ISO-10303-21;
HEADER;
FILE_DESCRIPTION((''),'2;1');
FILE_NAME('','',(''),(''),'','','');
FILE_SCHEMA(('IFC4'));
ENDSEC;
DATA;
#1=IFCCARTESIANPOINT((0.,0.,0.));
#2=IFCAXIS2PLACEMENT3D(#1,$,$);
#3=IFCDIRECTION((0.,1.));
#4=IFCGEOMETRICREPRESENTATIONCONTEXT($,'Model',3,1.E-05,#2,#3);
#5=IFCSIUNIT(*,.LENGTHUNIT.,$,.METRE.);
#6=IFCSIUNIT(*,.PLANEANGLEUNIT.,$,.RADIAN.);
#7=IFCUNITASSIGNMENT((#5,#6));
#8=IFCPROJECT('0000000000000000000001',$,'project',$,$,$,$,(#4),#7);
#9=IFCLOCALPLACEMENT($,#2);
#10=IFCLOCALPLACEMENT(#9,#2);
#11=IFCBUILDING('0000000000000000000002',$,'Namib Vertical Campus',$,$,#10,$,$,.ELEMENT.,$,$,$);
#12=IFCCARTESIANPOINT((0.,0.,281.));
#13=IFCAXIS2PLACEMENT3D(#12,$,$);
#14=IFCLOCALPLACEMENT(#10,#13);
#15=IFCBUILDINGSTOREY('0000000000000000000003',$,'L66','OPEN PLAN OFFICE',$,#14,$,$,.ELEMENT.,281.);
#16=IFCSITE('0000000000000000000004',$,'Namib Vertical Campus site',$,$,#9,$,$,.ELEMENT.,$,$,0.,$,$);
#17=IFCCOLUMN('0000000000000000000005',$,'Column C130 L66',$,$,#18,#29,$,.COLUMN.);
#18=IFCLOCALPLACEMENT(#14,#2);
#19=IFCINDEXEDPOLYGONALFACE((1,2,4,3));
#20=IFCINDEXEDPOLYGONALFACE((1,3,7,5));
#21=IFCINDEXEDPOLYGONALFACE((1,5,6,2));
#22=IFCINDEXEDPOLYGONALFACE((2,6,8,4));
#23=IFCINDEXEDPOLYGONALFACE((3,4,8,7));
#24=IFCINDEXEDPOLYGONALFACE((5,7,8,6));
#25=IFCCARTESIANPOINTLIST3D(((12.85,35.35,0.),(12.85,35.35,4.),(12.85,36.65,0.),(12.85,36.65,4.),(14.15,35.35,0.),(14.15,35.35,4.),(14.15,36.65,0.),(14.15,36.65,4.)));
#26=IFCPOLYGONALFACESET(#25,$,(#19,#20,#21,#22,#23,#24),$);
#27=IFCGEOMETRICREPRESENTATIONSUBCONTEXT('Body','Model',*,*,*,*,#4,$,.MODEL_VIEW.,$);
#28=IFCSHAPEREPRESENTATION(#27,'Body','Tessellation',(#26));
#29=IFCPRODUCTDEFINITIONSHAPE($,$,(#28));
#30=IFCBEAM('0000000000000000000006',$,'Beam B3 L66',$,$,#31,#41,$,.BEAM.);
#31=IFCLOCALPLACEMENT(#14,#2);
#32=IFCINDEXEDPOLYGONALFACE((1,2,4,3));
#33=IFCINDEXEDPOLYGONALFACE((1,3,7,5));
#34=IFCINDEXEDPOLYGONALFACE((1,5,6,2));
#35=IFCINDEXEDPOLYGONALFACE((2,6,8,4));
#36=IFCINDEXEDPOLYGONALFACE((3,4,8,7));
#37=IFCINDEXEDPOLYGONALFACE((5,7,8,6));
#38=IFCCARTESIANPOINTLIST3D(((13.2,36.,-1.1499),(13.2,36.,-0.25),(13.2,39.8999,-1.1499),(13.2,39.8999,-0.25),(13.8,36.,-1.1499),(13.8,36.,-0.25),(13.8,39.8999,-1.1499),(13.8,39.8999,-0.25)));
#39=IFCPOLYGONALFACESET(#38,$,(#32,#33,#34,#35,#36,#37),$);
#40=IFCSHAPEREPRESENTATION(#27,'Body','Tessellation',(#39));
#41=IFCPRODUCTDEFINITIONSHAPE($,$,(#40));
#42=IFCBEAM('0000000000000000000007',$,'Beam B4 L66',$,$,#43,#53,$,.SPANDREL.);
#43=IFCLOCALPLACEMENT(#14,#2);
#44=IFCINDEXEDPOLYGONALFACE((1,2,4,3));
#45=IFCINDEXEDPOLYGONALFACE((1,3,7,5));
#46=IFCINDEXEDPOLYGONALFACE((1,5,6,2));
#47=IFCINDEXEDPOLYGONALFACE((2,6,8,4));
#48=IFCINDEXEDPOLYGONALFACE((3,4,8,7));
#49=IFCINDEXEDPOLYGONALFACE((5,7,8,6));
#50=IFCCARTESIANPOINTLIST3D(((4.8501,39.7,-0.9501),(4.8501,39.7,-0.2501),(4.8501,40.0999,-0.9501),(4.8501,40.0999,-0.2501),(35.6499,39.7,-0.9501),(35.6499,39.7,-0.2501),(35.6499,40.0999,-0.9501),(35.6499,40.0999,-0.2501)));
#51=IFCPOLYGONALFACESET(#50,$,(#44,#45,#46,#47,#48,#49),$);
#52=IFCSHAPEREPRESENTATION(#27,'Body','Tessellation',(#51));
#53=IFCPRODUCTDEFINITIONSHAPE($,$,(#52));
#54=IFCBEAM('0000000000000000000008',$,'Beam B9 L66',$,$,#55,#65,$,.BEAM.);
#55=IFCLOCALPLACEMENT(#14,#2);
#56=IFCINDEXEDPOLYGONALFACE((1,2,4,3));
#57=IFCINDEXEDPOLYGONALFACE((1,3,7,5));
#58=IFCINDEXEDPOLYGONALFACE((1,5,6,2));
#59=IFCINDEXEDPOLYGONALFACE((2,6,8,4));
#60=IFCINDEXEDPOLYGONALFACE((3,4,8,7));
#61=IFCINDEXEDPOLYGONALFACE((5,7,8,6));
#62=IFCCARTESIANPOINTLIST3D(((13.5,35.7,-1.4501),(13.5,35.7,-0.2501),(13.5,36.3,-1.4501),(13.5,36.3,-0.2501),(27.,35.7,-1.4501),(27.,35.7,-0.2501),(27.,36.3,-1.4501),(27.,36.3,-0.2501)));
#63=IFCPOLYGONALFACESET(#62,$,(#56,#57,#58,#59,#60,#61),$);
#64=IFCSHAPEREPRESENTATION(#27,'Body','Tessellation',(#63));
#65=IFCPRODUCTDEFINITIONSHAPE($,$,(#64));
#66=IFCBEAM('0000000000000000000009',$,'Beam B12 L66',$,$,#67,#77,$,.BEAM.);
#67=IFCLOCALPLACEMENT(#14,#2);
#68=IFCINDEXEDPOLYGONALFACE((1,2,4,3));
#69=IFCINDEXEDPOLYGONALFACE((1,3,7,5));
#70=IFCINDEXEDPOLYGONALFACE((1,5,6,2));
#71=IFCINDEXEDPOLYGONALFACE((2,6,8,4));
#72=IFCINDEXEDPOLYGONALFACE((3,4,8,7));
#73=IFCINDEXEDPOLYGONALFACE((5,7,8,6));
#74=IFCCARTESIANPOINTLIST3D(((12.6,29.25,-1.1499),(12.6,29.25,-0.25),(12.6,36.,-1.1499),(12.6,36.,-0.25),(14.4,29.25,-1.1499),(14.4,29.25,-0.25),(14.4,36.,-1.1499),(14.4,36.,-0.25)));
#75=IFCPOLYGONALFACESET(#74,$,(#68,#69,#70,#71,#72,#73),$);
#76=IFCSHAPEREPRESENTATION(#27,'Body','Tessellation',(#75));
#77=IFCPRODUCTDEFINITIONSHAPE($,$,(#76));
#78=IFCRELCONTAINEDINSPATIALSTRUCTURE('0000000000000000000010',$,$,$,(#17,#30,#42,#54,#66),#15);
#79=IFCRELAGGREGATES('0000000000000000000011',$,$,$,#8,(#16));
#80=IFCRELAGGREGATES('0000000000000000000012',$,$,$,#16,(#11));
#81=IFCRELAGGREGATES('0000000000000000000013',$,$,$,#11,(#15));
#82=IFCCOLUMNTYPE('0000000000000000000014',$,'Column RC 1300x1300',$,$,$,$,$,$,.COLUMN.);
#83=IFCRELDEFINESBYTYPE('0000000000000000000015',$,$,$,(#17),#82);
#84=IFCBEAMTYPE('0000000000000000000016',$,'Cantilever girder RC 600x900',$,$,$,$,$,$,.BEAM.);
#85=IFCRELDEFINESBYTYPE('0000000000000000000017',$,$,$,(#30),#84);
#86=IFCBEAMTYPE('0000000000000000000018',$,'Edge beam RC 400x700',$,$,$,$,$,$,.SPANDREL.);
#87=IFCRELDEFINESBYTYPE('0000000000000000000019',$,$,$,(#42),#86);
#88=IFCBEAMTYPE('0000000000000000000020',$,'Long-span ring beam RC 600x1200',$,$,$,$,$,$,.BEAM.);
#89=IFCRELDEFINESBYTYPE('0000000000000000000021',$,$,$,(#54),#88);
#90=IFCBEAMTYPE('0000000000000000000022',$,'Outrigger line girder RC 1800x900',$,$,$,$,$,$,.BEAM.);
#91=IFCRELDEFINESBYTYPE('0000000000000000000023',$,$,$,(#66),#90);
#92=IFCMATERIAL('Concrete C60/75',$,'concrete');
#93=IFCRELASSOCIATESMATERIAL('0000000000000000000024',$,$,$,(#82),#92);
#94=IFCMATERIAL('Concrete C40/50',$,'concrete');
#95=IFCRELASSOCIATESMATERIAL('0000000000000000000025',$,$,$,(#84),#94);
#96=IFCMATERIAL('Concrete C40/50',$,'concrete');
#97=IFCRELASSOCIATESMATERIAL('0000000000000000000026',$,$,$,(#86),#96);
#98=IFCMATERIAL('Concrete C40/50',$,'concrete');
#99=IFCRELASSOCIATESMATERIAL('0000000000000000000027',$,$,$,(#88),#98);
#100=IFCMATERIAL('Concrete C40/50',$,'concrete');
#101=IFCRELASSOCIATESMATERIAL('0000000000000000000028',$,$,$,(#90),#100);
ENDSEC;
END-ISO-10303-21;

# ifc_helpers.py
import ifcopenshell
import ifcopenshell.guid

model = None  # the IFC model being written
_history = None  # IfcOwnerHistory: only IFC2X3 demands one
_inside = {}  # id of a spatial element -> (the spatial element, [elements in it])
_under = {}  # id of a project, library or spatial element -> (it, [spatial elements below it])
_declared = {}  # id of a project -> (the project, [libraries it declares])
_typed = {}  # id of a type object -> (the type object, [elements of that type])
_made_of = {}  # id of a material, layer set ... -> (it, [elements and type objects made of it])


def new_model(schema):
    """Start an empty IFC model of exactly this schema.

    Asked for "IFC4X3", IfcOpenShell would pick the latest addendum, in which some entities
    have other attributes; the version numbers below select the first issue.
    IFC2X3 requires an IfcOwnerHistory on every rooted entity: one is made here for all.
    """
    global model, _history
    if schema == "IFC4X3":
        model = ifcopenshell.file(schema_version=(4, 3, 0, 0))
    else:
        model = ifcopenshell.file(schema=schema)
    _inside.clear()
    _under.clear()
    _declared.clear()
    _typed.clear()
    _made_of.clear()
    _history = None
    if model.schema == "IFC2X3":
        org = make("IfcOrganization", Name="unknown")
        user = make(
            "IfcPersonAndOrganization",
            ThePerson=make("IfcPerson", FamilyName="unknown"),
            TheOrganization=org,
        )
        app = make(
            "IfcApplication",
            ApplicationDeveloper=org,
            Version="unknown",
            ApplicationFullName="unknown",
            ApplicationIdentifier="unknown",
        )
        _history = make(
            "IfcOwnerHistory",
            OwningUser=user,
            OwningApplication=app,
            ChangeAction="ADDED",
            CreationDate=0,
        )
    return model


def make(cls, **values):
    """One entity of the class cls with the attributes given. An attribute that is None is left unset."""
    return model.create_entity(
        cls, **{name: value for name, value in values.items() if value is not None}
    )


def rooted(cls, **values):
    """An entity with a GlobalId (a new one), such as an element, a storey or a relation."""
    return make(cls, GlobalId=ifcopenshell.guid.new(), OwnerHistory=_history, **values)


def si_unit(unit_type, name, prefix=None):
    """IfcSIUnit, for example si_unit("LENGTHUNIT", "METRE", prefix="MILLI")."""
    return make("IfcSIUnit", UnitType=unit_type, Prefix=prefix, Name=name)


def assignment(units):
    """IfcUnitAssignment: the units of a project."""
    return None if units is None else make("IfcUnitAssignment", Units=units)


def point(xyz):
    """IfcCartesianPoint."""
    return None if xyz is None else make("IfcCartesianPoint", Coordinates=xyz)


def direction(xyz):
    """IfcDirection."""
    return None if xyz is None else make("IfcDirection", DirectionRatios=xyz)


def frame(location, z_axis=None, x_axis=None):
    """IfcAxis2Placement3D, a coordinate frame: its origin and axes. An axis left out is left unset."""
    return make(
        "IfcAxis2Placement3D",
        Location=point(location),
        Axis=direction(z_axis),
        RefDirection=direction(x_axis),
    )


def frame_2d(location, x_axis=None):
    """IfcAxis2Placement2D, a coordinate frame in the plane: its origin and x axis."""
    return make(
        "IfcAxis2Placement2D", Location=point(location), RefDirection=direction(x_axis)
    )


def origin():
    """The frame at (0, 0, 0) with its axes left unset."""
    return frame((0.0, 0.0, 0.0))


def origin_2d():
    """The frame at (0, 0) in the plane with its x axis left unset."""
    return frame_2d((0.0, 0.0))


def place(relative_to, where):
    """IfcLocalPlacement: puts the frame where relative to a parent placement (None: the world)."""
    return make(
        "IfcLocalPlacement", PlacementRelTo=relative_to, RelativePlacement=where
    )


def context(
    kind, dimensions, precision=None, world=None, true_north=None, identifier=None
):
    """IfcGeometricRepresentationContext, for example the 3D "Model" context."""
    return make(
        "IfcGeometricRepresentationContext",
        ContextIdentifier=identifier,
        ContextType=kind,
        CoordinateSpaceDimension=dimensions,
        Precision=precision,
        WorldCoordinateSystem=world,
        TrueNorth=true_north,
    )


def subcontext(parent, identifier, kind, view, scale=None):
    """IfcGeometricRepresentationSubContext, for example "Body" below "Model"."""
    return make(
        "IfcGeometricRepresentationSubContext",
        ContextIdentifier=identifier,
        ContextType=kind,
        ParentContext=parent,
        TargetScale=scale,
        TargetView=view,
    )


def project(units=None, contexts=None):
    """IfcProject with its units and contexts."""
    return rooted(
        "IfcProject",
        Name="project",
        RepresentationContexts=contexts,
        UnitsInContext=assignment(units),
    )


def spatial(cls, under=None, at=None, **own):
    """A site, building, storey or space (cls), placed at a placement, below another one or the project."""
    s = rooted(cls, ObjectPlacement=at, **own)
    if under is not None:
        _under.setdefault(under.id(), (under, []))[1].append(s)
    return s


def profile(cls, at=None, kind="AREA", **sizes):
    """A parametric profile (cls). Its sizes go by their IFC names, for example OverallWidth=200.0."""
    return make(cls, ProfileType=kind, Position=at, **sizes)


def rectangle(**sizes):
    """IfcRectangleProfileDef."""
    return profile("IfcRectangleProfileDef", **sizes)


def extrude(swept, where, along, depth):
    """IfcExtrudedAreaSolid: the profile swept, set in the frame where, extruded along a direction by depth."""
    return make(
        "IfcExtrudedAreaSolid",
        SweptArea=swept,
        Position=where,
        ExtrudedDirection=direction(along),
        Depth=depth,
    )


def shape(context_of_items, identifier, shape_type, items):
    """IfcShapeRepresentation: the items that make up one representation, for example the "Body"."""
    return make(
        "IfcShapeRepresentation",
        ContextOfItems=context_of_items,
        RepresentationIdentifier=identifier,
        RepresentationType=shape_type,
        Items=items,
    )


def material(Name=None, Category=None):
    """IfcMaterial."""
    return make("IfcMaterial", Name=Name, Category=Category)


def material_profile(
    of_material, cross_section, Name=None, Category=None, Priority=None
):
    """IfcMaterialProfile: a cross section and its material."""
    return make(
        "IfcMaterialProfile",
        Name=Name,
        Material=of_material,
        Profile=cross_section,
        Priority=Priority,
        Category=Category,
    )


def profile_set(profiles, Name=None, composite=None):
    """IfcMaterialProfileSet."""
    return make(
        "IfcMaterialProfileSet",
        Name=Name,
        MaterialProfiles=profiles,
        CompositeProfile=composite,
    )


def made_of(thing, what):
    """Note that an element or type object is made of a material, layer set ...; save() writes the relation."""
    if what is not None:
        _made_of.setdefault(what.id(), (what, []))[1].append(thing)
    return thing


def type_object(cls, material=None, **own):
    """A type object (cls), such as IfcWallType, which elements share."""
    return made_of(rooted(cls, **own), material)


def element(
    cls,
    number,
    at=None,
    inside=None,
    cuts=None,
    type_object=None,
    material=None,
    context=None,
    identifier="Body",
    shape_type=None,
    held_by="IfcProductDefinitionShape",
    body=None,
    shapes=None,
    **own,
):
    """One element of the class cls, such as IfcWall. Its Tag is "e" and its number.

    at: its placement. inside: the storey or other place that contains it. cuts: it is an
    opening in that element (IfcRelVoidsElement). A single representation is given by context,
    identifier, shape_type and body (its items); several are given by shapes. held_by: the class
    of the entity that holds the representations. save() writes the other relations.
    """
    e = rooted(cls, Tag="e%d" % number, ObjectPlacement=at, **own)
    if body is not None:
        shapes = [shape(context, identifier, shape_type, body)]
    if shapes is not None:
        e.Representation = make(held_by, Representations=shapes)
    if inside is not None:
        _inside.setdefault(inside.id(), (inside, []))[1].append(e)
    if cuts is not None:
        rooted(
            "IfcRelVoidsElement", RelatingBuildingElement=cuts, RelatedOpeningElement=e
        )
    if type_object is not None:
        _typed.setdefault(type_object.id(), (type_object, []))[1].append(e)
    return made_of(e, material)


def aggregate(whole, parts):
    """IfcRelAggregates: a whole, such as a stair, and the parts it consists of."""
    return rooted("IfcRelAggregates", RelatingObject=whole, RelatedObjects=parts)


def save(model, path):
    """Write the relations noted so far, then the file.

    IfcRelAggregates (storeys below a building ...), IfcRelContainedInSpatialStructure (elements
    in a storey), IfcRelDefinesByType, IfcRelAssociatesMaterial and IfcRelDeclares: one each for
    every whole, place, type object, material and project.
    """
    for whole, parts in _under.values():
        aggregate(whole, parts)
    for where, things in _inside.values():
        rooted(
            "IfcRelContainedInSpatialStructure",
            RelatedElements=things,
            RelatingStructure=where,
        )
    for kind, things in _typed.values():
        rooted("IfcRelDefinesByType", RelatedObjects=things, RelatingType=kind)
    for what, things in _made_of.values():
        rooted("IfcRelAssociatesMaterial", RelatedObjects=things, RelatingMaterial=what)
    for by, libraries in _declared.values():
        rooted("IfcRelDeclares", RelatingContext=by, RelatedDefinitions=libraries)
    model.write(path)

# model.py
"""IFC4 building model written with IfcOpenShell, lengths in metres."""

from ifc_helpers import new_model, si_unit, direction, frame, origin, origin_2d, place, context, subcontext, project, spatial, rectangle, extrude, material, material_profile, profile_set, type_object, element, save


model = new_model("IFC4")

# Units and contexts
model_context = context("Model", 3, precision=1e-05, world=origin(), true_north=direction((0.0, 1.0)))
body_context = subcontext(model_context, "Body", "Model", "MODEL_VIEW")
ifc_project = project(units=[si_unit("LENGTHUNIT", "METRE"), si_unit("PLANEANGLEUNIT", "RADIAN")], contexts=[model_context])

# Site, building, storey
site_placement = place(None, origin())
site = spatial("IfcSite", under=ifc_project, at=site_placement, Name="Namib Vertical Campus site", CompositionType="ELEMENT", RefElevation=0.0)
building_placement = place(site_placement, origin())
building = spatial("IfcBuilding", under=site, at=building_placement, Name="Namib Vertical Campus", CompositionType="ELEMENT")
storey_placement = place(building_placement, frame((0.0, 0.0, 281.0)))
storey = spatial("IfcBuildingStorey", under=building, at=storey_placement, Name="L66", Description="OPEN PLAN OFFICE", CompositionType="ELEMENT", Elevation=281.0)

# Column
ifc_material_1 = material(Name="Concrete C60/75", Category="concrete")
ifc_material_profile_1 = material_profile(ifc_material_1, rectangle(XDim=1.3, YDim=1.3, at=origin_2d()))
ifc_profile_set_1 = profile_set([ifc_material_profile_1], Name="Concrete C60/75")
column_type = type_object("IfcColumnType", Name="Column RC 1300x1300", PredefinedType="COLUMN", material=ifc_profile_set_1)
column_placement = place(storey_placement, frame((13.5, 36.0, 0.0), z_axis=(0.0, 0.0, 1.0), x_axis=(1.0, 0.0, 0.0)))
element("IfcColumn", 1, at=column_placement, inside=storey, type_object=column_type, Name="Column C130 L66", PredefinedType="COLUMN", context=body_context, shape_type="SweptSolid", body=[
    extrude(rectangle(XDim=1.3, YDim=1.3, at=origin_2d()), origin(), (0.0, 0.0, 1.0), 4.0),
])

# Beams
ifc_material_2 = material(Name="Concrete C40/50", Category="concrete")
ifc_material_profile_2 = material_profile(ifc_material_2, rectangle(XDim=0.6001, YDim=0.8999, at=origin_2d()))
ifc_profile_set_2 = profile_set([ifc_material_profile_2], Name="Concrete C40/50")
beam_type_1 = type_object("IfcBeamType", Name="Cantilever girder RC 600x900", PredefinedType="BEAM", material=ifc_profile_set_2)
beam_1_placement = place(storey_placement, frame((13.5, 36.0, -0.7), z_axis=(0.0, 1.0, 0.0), x_axis=(-1.0, 0.0, 0.0)))
element("IfcBeam", 2, at=beam_1_placement, inside=storey, type_object=beam_type_1, Name="Beam B3 L66", PredefinedType="BEAM", context=body_context, shape_type="SweptSolid", body=[
    extrude(rectangle(XDim=0.6001, YDim=0.8999, at=origin_2d()), origin(), (0.0, 0.0, 1.0), 3.8999),
])
ifc_material_3 = material(Name="Concrete C40/50", Category="concrete")
ifc_material_profile_3 = material_profile(ifc_material_3, rectangle(XDim=0.3999, YDim=0.7, at=origin_2d()))
ifc_profile_set_3 = profile_set([ifc_material_profile_3], Name="Concrete C40/50")
beam_type_2 = type_object("IfcBeamType", Name="Edge beam RC 400x700", PredefinedType="SPANDREL", material=ifc_profile_set_3)
beam_2_placement = place(storey_placement, frame((4.8501, 39.8999, -0.6001), z_axis=(1.0, 0.0, 0.0), x_axis=(0.0, 1.0, 0.0)))
element("IfcBeam", 3, at=beam_2_placement, inside=storey, type_object=beam_type_2, Name="Beam B4 L66", PredefinedType="SPANDREL", context=body_context, shape_type="SweptSolid", body=[
    extrude(rectangle(XDim=0.3999, YDim=0.7, at=origin_2d()), origin(), (0.0, 0.0, 1.0), 30.7998),
])
ifc_material_4 = material(Name="Concrete C40/50", Category="concrete")
ifc_material_profile_4 = material_profile(ifc_material_4, rectangle(XDim=0.6001, YDim=1.2, at=origin_2d()))
ifc_profile_set_4 = profile_set([ifc_material_profile_4], Name="Concrete C40/50")
beam_type_3 = type_object("IfcBeamType", Name="Long-span ring beam RC 600x1200", PredefinedType="BEAM", material=ifc_profile_set_4)
beam_3_placement = place(storey_placement, frame((13.5, 36.0, -0.8501), z_axis=(1.0, 0.0, 0.0), x_axis=(0.0, 1.0, 0.0)))
element("IfcBeam", 4, at=beam_3_placement, inside=storey, type_object=beam_type_3, Name="Beam B9 L66", PredefinedType="BEAM", context=body_context, shape_type="SweptSolid", body=[
    extrude(rectangle(XDim=0.6001, YDim=1.2, at=origin_2d()), origin(), (0.0, 0.0, 1.0), 13.5),
])
ifc_material_5 = material(Name="Concrete C40/50", Category="concrete")
ifc_material_profile_5 = material_profile(ifc_material_5, rectangle(XDim=1.8, YDim=0.8999, at=origin_2d()))
ifc_profile_set_5 = profile_set([ifc_material_profile_5], Name="Concrete C40/50")
beam_type_4 = type_object("IfcBeamType", Name="Outrigger line girder RC 1800x900", PredefinedType="BEAM", material=ifc_profile_set_5)
beam_4_placement = place(storey_placement, frame((13.5, 36.0, -0.7), z_axis=(0.0, -1.0, 0.0), x_axis=(1.0, 0.0, 0.0)))
element("IfcBeam", 5, at=beam_4_placement, inside=storey, type_object=beam_type_4, Name="Beam B12 L66", PredefinedType="BEAM", context=body_context, shape_type="SweptSolid", body=[
    extrude(rectangle(XDim=1.8, YDim=0.8999, at=origin_2d()), origin(), (0.0, 0.0, 1.0), 6.75),
])

save(model, "model.ifc")
